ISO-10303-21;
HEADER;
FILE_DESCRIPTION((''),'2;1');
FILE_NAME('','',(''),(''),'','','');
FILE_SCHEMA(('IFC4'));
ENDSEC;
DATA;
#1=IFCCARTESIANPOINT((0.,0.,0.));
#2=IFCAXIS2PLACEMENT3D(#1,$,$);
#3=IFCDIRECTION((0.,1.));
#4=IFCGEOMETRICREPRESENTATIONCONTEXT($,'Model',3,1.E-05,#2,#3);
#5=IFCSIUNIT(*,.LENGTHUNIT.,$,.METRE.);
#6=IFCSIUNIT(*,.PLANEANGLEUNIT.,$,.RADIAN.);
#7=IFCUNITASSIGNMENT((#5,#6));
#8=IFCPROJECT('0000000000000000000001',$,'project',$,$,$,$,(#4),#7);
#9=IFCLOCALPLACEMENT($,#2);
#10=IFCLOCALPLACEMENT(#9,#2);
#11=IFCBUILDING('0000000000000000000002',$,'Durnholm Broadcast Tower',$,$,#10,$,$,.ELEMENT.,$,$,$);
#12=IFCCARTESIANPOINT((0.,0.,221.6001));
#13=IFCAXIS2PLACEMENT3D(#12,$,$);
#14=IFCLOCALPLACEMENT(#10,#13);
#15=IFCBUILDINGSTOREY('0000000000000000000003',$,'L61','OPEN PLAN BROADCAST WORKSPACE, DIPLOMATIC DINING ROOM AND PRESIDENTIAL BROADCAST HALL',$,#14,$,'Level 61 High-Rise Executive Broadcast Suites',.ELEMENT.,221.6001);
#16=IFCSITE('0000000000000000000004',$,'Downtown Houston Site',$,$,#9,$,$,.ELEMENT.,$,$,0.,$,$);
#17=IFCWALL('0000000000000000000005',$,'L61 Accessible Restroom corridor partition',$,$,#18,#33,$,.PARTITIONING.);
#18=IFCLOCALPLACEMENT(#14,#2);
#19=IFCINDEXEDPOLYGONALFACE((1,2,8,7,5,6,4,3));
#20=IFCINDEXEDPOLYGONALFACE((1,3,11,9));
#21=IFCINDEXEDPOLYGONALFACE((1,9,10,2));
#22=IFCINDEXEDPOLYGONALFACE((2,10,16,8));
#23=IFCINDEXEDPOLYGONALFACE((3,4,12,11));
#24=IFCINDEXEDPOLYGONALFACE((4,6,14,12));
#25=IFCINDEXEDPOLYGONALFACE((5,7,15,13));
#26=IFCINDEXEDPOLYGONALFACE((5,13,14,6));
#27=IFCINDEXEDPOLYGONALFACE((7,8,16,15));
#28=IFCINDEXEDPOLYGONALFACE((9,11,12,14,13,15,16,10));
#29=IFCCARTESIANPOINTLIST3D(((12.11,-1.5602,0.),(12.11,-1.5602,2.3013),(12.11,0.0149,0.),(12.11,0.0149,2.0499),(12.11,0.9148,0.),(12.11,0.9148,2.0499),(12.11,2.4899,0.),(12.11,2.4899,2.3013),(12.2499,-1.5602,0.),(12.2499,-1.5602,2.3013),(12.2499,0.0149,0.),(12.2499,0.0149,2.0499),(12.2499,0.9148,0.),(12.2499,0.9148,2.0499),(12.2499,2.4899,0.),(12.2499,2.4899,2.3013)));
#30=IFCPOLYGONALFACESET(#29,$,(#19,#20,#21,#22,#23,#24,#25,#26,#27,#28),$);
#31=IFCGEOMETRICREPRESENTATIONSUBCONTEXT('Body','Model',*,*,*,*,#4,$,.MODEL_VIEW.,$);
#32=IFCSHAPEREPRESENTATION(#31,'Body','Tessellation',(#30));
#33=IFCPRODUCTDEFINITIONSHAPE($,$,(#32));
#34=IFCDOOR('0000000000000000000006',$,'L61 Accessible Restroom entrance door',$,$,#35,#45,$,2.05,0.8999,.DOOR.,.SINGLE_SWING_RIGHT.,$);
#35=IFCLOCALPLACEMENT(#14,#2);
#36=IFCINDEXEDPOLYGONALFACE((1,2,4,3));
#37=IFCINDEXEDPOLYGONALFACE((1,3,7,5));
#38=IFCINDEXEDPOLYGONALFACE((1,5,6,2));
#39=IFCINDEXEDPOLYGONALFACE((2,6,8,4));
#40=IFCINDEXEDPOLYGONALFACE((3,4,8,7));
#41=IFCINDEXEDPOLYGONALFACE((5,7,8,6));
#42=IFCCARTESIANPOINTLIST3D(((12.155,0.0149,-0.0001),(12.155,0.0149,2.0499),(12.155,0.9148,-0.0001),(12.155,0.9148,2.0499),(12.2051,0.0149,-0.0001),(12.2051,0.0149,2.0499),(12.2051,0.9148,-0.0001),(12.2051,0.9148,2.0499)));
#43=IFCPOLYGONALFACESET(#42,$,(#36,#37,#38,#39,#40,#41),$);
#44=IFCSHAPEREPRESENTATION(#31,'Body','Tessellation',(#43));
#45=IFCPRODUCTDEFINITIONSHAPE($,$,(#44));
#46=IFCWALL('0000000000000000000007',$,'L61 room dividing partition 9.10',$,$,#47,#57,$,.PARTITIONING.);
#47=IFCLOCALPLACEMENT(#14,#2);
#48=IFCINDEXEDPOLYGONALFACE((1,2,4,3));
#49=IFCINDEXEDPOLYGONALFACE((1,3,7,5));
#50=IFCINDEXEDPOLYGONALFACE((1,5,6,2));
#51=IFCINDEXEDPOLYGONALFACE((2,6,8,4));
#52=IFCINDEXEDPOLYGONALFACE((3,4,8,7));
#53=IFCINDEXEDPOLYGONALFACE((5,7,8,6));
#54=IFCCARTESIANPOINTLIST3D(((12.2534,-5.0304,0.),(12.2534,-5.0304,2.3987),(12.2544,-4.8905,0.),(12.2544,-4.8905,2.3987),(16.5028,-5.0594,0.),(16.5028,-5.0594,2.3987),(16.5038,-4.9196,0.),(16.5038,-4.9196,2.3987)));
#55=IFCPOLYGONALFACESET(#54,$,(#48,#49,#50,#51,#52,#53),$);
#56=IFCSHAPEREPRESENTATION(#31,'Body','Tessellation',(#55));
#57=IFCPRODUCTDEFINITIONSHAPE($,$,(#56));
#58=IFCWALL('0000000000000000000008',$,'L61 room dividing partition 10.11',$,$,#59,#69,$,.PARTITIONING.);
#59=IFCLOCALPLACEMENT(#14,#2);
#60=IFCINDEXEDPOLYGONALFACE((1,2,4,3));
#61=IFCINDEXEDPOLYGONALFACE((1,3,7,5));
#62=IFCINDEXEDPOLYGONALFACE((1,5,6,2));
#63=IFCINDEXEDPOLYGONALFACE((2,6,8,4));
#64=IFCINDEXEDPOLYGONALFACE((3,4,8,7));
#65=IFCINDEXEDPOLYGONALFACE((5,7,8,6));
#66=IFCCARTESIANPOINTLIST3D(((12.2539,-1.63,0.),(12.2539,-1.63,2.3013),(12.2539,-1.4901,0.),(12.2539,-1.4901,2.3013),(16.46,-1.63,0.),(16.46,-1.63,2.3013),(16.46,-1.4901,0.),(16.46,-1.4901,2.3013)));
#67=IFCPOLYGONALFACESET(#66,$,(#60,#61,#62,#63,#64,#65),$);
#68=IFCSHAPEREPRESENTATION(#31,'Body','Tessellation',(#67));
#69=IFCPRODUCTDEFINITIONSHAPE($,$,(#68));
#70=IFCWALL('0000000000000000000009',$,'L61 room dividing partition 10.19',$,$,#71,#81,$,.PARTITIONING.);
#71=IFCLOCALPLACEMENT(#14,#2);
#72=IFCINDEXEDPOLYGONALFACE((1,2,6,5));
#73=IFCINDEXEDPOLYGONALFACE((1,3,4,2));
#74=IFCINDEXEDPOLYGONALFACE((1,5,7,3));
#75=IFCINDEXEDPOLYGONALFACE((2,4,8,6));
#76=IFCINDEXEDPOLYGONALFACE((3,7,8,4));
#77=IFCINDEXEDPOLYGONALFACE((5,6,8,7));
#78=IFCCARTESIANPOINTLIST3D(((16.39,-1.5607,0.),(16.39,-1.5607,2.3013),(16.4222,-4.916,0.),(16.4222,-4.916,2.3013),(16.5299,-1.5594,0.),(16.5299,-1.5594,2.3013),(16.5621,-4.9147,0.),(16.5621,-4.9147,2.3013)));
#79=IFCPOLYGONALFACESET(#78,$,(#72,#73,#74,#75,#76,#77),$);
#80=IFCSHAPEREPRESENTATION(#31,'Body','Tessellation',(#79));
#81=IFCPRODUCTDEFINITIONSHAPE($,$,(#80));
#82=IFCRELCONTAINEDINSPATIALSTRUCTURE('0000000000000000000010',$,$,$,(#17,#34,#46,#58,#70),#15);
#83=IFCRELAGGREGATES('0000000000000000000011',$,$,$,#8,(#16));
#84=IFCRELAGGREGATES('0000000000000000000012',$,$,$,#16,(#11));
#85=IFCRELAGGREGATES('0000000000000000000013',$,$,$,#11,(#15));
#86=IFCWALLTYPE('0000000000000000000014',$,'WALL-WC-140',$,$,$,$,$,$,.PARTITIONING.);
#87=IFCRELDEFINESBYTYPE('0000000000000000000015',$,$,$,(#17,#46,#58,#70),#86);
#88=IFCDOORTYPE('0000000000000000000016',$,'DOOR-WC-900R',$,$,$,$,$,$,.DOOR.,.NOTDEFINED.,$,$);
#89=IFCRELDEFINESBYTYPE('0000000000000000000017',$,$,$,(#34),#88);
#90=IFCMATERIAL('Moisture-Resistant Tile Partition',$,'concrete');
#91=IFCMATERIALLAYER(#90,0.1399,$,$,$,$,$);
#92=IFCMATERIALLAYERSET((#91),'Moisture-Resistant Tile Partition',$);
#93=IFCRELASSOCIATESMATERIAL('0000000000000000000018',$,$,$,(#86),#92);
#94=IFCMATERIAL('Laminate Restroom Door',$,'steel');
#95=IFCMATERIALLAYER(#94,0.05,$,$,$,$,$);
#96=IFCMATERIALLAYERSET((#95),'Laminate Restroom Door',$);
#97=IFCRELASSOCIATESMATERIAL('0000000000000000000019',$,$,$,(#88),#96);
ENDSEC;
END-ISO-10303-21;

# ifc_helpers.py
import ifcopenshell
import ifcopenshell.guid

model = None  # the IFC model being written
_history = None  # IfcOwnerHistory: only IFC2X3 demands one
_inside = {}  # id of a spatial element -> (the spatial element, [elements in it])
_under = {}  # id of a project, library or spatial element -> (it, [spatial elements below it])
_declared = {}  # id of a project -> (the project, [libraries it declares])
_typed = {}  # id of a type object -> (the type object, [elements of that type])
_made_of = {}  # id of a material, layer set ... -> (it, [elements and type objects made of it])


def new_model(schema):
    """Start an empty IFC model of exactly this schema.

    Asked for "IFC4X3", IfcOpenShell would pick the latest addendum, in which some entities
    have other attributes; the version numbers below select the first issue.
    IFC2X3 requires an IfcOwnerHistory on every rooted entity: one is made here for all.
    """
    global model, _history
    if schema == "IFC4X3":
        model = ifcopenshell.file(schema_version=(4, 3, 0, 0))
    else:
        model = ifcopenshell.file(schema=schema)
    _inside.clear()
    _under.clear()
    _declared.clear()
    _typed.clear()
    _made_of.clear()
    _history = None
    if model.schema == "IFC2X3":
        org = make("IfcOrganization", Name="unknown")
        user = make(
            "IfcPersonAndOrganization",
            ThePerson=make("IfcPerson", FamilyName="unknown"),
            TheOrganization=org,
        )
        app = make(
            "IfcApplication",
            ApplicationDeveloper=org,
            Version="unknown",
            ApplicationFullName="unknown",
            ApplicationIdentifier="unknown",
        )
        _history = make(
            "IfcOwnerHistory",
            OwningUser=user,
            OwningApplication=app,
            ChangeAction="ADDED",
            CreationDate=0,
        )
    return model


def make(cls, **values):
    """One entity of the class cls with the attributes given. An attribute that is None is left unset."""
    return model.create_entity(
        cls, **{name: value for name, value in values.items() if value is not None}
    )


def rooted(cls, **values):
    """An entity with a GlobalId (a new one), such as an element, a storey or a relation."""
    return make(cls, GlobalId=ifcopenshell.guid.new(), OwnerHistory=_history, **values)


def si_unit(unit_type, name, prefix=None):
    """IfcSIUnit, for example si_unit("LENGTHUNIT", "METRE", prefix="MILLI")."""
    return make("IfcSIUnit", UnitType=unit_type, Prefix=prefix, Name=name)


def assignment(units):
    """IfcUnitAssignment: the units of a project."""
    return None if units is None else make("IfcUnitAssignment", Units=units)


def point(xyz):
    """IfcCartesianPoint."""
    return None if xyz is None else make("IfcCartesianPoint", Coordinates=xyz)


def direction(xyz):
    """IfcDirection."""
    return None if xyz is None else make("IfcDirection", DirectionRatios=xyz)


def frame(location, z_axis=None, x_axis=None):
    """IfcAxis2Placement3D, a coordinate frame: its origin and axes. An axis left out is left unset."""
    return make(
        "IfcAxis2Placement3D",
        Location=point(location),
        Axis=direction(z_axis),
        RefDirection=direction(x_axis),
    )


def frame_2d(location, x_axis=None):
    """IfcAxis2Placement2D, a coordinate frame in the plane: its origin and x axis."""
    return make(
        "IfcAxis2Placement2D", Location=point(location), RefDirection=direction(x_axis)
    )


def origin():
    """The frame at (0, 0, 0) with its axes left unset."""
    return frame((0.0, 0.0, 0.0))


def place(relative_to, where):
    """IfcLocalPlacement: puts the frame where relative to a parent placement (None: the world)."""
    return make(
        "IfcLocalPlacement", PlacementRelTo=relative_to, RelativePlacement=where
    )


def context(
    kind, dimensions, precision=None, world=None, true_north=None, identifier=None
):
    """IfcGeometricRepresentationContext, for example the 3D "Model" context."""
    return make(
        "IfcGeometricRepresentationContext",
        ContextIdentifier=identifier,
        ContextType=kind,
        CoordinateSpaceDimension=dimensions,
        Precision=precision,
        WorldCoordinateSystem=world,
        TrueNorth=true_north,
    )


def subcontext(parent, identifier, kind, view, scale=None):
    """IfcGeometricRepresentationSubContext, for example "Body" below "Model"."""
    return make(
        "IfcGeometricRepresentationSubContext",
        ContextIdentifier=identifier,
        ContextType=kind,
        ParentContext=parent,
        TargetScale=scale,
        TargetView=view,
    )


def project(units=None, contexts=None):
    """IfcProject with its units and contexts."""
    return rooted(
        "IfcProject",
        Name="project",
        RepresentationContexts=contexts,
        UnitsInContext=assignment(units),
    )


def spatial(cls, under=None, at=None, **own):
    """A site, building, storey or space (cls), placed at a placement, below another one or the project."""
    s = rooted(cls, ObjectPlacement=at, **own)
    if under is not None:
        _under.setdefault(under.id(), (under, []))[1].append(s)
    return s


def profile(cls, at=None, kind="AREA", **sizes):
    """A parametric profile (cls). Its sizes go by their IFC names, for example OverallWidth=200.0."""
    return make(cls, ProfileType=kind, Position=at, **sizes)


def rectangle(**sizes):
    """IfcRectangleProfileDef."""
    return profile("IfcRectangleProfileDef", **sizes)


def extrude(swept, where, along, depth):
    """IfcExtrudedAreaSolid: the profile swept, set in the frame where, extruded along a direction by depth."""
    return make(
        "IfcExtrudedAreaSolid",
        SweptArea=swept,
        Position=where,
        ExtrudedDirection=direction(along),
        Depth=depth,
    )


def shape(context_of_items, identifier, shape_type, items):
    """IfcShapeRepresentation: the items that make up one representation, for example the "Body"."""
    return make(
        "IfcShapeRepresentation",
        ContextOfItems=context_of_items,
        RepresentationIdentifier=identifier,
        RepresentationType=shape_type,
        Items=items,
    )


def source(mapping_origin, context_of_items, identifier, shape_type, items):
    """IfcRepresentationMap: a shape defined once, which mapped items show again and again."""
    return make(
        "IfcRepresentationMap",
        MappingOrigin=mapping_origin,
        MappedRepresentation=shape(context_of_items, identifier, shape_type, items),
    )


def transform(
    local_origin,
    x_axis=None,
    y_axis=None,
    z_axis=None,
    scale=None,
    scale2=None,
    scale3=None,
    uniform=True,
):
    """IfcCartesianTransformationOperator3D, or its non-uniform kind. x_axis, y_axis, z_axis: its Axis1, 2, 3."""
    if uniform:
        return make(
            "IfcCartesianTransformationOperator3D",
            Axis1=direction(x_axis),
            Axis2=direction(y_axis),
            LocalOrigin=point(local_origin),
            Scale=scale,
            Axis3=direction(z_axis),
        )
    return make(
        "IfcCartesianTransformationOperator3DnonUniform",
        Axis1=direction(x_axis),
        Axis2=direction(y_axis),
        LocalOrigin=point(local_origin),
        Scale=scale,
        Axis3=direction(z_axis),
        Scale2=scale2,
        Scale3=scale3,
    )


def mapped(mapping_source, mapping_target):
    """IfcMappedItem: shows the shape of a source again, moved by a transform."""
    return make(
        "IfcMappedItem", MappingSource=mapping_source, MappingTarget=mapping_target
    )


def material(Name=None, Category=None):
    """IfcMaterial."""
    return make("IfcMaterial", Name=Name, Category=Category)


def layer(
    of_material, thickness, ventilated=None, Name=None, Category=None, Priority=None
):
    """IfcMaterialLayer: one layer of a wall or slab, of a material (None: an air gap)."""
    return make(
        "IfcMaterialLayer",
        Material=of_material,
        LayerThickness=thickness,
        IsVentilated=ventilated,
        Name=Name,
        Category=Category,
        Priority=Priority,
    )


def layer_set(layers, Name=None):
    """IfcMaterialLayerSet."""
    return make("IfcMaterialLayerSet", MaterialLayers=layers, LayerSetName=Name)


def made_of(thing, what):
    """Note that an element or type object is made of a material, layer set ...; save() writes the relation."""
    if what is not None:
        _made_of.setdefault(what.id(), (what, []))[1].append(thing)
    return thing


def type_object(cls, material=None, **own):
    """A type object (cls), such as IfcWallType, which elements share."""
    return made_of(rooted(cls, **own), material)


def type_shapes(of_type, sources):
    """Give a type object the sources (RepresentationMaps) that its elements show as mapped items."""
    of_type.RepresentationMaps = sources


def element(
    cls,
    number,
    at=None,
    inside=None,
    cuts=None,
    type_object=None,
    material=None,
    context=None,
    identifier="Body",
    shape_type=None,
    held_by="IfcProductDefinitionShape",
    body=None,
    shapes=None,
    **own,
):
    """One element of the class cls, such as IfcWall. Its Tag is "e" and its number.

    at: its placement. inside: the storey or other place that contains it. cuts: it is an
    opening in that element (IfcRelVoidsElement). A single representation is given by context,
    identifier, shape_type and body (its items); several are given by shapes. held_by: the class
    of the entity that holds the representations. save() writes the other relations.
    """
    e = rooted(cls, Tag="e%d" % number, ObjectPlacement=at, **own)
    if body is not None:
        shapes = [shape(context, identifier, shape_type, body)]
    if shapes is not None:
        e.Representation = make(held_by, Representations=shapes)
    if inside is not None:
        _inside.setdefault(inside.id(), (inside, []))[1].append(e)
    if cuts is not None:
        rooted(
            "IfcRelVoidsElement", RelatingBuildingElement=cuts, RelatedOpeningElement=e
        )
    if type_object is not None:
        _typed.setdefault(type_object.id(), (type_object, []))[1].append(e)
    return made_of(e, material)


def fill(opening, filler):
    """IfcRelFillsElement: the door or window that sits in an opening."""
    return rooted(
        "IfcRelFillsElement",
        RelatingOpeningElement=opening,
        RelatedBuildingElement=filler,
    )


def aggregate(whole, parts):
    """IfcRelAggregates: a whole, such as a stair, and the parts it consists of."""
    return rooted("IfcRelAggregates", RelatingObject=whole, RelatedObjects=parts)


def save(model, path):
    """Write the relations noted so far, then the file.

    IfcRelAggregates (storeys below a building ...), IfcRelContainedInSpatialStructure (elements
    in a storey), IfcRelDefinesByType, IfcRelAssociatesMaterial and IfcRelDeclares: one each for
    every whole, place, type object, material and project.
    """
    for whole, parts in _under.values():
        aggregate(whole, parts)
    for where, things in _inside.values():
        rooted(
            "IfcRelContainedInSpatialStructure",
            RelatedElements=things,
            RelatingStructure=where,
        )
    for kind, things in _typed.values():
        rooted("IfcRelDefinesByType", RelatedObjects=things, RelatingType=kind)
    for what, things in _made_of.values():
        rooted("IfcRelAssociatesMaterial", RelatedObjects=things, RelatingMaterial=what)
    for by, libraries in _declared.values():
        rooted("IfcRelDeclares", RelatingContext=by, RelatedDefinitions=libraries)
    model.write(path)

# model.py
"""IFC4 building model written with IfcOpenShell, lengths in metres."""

from ifc_helpers import new_model, si_unit, direction, frame, frame_2d, origin, place, context, subcontext, project, spatial, rectangle, extrude, source, transform, mapped, material, layer, layer_set, type_object, type_shapes, element, fill, save


model = new_model("IFC4")

# Units and contexts
model_context = context("Model", 3, precision=1e-05, world=origin(), true_north=direction((0.0, 1.0)))
body_context = subcontext(model_context, "Body", "Model", "MODEL_VIEW")
ifc_project = project(units=[si_unit("LENGTHUNIT", "METRE"), si_unit("PLANEANGLEUNIT", "RADIAN")], contexts=[model_context])

# Site, building, storey
site_placement = place(None, origin())
site = spatial("IfcSite", under=ifc_project, at=site_placement, Name="Downtown Houston Site", CompositionType="ELEMENT", RefElevation=0.0)
building_placement = place(site_placement, origin())
building = spatial("IfcBuilding", under=site, at=building_placement, Name="Durnholm Broadcast Tower", CompositionType="ELEMENT")
storey_placement = place(building_placement, frame((0.0, 0.0, 221.6001)))
storey = spatial("IfcBuildingStorey", under=building, at=storey_placement, Name="L61", Description="OPEN PLAN BROADCAST WORKSPACE, DIPLOMATIC DINING ROOM AND PRESIDENTIAL BROADCAST HALL", LongName="Level 61 High-Rise Executive Broadcast Suites", CompositionType="ELEMENT", Elevation=221.6001)

# Wall, opening, door
ifc_material_1 = material(Name="Moisture-Resistant Tile Partition", Category="concrete")
ifc_layer_1 = layer(ifc_material_1, 0.1399)
ifc_layer_set_1 = layer_set([ifc_layer_1], Name="Moisture-Resistant Tile Partition")
wall_type_1 = type_object("IfcWallType", Name="WALL-WC-140", PredefinedType="PARTITIONING", material=ifc_layer_set_1)
ifc_material_2 = material(Name="Laminate Restroom Door", Category="steel")
wall_1_placement = place(storey_placement, frame((12.1799, -1.5601, 0.0), z_axis=(0.0, 0.0, 1.0), x_axis=(0.0, 1.0, 0.0)))
wall_1 = element("IfcWall", 1, at=wall_1_placement, inside=storey, type_object=wall_type_1, Name="L61 Accessible Restroom corridor partition", PredefinedType="PARTITIONING", context=body_context, shape_type="SweptSolid", body=[
    extrude(rectangle(XDim=4.05, YDim=0.1399, at=frame_2d((2.0249, 0.0))), origin(), (0.0, 0.0, 1.0), 2.3013),
])
opening_1_placement = place(wall_1_placement, frame((1.575, 0.0, 0.0)))
opening_1 = element("IfcOpeningElement", 2, at=opening_1_placement, cuts=wall_1, PredefinedType="OPENING", context=body_context, shape_type="SweptSolid", body=[
    extrude(rectangle(XDim=0.8999, YDim=2.05, at=frame_2d((0.45, 1.0249))), frame((0.0, 0.0801, 0.0), z_axis=(0.0, -1.0, 0.0), x_axis=(1.0, 0.0, 0.0)), (0.0, 0.0, 1.0), 0.1599),
])
ifc_layer_2 = layer(ifc_material_2, 0.05)
ifc_layer_set_2 = layer_set([ifc_layer_2], Name="Laminate Restroom Door")
door_type_1 = type_object("IfcDoorType", Name="DOOR-WC-900R", OperationType="NOTDEFINED", PredefinedType="DOOR", material=ifc_layer_set_2)
shared_shape_1 = source(origin(), body_context, "Body", "SweptSolid", [
    extrude(rectangle(XDim=0.8999, YDim=2.05, at=frame_2d((0.45, 1.0249))), frame((0.0, 0.0249, 0.0), z_axis=(0.0, -1.0, 0.0), x_axis=(1.0, 0.0, 0.0)), (0.0, 0.0, 1.0), 0.05),
])
type_shapes(door_type_1, [shared_shape_1])
door_1_placement = place(opening_1_placement, origin())
door_1 = element("IfcDoor", 3, at=door_1_placement, inside=storey, type_object=door_type_1, Name="L61 Accessible Restroom entrance door", OperationType="SINGLE_SWING_RIGHT", OverallHeight=2.05, OverallWidth=0.8999, PredefinedType="DOOR", context=body_context, shape_type="MappedRepresentation", body=[
    mapped(shared_shape_1, transform((0.0, 0.0, 0.0), x_axis=(1.0, 0.0, 0.0), y_axis=(0.0, 1.0, 0.0), z_axis=(0.0, 0.0, 1.0), scale=1.0)),
])
fill(opening_1, door_1)

# Walls
wall_2_placement = place(storey_placement, frame((12.2539, -4.9604, 0.0), z_axis=(0.0, 0.0, 1.0), x_axis=(0.999977, -0.006837, 0.0)))
element("IfcWall", 4, at=wall_2_placement, inside=storey, type_object=wall_type_1, Name="L61 room dividing partition 9.10", PredefinedType="PARTITIONING", context=body_context, shape_type="SweptSolid", body=[
    extrude(rectangle(XDim=4.2495, YDim=0.1399, at=frame_2d((2.1248, 0.0))), origin(), (0.0, 0.0, 1.0), 2.3987),
])
wall_3_placement = place(storey_placement, frame((12.2539, -1.5601, 0.0), z_axis=(0.0, 0.0, 1.0), x_axis=(1.0, 0.0, 0.0)))
element("IfcWall", 5, at=wall_3_placement, inside=storey, type_object=wall_type_1, Name="L61 room dividing partition 10.11", PredefinedType="PARTITIONING", context=body_context, shape_type="SweptSolid", body=[
    extrude(rectangle(XDim=4.2061, YDim=0.1399, at=frame_2d((2.103, 0.0))), origin(), (0.0, 0.0, 1.0), 2.3013),
])
wall_4_placement = place(storey_placement, frame((16.46, -1.5601, 0.0), z_axis=(0.0, 0.0, 1.0), x_axis=(0.009604, -0.999954, 0.0)))
element("IfcWall", 6, at=wall_4_placement, inside=storey, type_object=wall_type_1, Name="L61 room dividing partition 10.19", PredefinedType="PARTITIONING", context=body_context, shape_type="SweptSolid", body=[
    extrude(rectangle(XDim=3.3555, YDim=0.1399, at=frame_2d((1.6777, 0.0))), origin(), (0.0, 0.0, 1.0), 2.3013),
])

save(model, "model.ifc")
